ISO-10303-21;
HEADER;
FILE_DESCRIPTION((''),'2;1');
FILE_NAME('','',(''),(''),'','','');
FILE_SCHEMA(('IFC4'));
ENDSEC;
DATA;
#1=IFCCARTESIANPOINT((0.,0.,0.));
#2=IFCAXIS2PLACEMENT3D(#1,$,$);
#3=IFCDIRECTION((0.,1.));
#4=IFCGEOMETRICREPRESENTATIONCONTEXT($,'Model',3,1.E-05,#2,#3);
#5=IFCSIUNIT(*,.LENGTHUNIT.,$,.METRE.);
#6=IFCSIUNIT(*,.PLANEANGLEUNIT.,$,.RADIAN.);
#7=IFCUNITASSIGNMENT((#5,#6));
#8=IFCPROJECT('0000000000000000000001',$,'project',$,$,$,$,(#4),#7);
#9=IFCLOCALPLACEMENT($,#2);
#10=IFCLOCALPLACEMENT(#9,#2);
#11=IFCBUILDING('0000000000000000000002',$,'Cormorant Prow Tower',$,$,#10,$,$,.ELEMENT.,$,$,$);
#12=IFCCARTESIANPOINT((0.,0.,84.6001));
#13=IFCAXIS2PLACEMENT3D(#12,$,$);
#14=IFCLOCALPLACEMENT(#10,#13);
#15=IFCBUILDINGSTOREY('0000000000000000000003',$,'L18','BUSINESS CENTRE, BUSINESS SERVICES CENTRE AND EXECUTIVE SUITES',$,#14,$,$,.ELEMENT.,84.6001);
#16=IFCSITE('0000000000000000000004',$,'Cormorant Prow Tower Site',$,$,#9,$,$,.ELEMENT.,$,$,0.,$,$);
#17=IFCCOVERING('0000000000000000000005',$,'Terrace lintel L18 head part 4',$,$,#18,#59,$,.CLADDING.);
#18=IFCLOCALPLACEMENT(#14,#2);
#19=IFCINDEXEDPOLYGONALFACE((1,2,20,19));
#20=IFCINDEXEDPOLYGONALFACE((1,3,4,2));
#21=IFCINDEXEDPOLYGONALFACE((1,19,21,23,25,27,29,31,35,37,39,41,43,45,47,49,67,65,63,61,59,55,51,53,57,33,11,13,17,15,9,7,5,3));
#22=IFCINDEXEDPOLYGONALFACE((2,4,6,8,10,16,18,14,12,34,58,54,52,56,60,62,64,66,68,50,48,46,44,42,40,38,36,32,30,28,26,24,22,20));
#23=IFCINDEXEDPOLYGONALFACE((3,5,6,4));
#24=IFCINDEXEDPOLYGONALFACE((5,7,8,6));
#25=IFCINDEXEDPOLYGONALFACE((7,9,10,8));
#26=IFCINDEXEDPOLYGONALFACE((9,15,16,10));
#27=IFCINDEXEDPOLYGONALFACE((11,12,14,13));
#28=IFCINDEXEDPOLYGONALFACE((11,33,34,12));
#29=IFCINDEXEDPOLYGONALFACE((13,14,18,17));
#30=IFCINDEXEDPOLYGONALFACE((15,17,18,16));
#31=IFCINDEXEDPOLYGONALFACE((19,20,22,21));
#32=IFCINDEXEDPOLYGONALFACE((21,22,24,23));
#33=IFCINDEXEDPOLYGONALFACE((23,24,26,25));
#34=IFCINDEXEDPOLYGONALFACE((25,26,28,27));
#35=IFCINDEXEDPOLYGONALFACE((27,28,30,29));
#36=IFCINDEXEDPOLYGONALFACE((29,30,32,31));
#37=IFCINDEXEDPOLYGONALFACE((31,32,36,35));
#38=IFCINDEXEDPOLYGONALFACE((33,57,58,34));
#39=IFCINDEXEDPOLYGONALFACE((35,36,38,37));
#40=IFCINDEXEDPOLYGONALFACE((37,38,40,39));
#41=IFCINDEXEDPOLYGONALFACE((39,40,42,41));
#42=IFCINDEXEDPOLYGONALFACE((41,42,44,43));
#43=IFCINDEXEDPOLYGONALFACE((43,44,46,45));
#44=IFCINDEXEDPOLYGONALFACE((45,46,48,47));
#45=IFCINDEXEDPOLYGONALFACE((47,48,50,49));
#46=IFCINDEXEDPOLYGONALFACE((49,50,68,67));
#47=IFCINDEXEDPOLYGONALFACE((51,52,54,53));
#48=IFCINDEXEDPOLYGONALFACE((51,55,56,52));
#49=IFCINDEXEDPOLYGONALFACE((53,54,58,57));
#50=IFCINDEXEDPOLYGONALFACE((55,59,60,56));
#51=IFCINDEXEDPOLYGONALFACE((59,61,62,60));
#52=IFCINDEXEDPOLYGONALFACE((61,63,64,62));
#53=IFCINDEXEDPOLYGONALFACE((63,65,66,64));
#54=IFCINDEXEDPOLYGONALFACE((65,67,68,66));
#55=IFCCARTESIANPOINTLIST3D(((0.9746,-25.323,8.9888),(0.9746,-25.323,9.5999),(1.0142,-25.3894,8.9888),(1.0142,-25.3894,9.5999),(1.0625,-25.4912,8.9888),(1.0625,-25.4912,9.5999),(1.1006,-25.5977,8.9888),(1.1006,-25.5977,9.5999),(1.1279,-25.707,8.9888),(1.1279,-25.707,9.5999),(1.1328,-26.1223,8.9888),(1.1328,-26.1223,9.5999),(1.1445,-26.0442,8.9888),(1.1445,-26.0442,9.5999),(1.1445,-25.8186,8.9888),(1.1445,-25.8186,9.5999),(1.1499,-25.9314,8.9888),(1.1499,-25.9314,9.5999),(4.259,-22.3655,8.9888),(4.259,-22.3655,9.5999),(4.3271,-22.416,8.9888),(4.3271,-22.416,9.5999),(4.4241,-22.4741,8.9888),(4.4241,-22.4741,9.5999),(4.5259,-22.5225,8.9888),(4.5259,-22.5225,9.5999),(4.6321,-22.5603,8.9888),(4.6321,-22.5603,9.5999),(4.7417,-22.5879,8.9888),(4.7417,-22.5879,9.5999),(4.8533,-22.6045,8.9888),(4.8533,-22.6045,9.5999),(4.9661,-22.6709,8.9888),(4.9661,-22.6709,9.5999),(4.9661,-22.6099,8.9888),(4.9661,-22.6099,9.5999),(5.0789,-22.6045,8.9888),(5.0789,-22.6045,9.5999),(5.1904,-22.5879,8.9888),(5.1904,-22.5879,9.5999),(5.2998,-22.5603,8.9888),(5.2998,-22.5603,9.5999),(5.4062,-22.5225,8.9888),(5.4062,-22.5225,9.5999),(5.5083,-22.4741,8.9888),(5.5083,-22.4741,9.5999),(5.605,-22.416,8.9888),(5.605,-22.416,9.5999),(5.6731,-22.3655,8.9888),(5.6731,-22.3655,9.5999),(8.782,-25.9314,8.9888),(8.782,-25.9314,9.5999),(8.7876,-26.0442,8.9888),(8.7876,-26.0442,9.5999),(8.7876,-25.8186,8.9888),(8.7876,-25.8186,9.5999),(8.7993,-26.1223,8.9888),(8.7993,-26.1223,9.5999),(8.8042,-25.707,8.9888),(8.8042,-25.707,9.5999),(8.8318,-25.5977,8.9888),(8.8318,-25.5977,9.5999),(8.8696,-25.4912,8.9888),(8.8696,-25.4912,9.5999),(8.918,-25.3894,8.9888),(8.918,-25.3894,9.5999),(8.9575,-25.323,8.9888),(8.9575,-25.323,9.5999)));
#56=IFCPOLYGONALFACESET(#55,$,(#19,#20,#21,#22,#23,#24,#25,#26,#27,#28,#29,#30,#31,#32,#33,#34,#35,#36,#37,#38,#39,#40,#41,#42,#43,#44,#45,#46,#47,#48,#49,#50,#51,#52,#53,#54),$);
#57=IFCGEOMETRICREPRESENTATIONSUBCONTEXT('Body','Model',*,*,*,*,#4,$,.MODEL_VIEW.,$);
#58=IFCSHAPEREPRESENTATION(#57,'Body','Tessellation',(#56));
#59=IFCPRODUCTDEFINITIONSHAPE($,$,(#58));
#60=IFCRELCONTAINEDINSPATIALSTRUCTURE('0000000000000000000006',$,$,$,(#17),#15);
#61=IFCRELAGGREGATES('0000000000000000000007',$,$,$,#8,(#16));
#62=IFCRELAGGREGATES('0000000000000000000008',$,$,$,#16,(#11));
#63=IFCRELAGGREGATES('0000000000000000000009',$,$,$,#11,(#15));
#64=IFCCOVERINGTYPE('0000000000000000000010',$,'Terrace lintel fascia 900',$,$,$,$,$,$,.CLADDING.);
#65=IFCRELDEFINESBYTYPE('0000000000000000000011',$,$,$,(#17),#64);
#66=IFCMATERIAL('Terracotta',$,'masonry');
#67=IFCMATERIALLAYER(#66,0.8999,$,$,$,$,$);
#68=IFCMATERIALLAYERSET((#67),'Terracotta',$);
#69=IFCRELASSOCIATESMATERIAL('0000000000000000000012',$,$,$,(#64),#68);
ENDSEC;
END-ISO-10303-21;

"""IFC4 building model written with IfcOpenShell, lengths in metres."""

from ifc_helpers import new_model, si_unit, direction, frame, origin, place, context, subcontext, project, spatial, polyline, outline, extrude, material, layer, layer_set, type_object, element, save


model = new_model("IFC4")

# Units and contexts
model_context = context("Model", 3, precision=1e-05, world=origin(), true_north=direction((0.0, 1.0)))
body_context = subcontext(model_context, "Body", "Model", "MODEL_VIEW")
ifc_project = project(units=[si_unit("LENGTHUNIT", "METRE"), si_unit("PLANEANGLEUNIT", "RADIAN")], contexts=[model_context])

# Site, building, storey
site_placement = place(None, origin())
site = spatial("IfcSite", under=ifc_project, at=site_placement, Name="Cormorant Prow Tower Site", CompositionType="ELEMENT", RefElevation=0.0)
building_placement = place(site_placement, origin())
building = spatial("IfcBuilding", under=site, at=building_placement, Name="Cormorant Prow Tower", CompositionType="ELEMENT")
storey_placement = place(building_placement, frame((0.0, 0.0, 84.6001)))
storey = spatial("IfcBuildingStorey", under=building, at=storey_placement, Name="L18", Description="BUSINESS CENTRE, BUSINESS SERVICES CENTRE AND EXECUTIVE SUITES", CompositionType="ELEMENT", Elevation=84.6001)

# Covering
ifc_material_1 = material(Name="Terracotta", Category="masonry")
ifc_layer_1 = layer(ifc_material_1, 0.8999)
ifc_layer_set_1 = layer_set([ifc_layer_1], Name="Terracotta")
covering_type = type_object("IfcCoveringType", Name="Terrace lintel fascia 900", PredefinedType="CLADDING", material=ifc_layer_set_1)
covering_1_placement = place(storey_placement, frame((0.0, 0.0, 8.9888)))
element("IfcCovering", 1, at=covering_1_placement, inside=storey, type_object=covering_type, Name="Terrace lintel L18 head part 4", PredefinedType="CLADDING", context=body_context, shape_type="SweptSolid", body=[
    extrude(outline(polyline([(4.3271, -22.416), (4.4241, -22.4741), (4.5259, -22.5225), (4.6321, -22.5603), (4.7417, -22.5879), (4.8533, -22.6045), (4.9661, -22.6099), (5.0789, -22.6045), (5.1904, -22.5879), (5.2998, -22.5603), (5.4062, -22.5225), (5.5083, -22.4741), (5.605, -22.416), (5.6731, -22.3655), (8.9575, -25.323), (8.918, -25.3894), (8.8696, -25.4912), (8.8318, -25.5977), (8.8042, -25.707), (8.7876, -25.8186), (8.782, -25.9314), (8.7876, -26.0442), (8.7993, -26.1223), (4.9661, -22.6709), (1.1328, -26.1223), (1.1445, -26.0442), (1.1499, -25.9314), (1.1445, -25.8186), (1.1279, -25.707), (1.1006, -25.5977), (1.0625, -25.4912), (1.0142, -25.3894), (0.9746, -25.323), (4.259, -22.3655), (4.3271, -22.416)])), origin(), (0.0, 0.0, 1.0), 0.6111),
])

save(model, "model.ifc")
